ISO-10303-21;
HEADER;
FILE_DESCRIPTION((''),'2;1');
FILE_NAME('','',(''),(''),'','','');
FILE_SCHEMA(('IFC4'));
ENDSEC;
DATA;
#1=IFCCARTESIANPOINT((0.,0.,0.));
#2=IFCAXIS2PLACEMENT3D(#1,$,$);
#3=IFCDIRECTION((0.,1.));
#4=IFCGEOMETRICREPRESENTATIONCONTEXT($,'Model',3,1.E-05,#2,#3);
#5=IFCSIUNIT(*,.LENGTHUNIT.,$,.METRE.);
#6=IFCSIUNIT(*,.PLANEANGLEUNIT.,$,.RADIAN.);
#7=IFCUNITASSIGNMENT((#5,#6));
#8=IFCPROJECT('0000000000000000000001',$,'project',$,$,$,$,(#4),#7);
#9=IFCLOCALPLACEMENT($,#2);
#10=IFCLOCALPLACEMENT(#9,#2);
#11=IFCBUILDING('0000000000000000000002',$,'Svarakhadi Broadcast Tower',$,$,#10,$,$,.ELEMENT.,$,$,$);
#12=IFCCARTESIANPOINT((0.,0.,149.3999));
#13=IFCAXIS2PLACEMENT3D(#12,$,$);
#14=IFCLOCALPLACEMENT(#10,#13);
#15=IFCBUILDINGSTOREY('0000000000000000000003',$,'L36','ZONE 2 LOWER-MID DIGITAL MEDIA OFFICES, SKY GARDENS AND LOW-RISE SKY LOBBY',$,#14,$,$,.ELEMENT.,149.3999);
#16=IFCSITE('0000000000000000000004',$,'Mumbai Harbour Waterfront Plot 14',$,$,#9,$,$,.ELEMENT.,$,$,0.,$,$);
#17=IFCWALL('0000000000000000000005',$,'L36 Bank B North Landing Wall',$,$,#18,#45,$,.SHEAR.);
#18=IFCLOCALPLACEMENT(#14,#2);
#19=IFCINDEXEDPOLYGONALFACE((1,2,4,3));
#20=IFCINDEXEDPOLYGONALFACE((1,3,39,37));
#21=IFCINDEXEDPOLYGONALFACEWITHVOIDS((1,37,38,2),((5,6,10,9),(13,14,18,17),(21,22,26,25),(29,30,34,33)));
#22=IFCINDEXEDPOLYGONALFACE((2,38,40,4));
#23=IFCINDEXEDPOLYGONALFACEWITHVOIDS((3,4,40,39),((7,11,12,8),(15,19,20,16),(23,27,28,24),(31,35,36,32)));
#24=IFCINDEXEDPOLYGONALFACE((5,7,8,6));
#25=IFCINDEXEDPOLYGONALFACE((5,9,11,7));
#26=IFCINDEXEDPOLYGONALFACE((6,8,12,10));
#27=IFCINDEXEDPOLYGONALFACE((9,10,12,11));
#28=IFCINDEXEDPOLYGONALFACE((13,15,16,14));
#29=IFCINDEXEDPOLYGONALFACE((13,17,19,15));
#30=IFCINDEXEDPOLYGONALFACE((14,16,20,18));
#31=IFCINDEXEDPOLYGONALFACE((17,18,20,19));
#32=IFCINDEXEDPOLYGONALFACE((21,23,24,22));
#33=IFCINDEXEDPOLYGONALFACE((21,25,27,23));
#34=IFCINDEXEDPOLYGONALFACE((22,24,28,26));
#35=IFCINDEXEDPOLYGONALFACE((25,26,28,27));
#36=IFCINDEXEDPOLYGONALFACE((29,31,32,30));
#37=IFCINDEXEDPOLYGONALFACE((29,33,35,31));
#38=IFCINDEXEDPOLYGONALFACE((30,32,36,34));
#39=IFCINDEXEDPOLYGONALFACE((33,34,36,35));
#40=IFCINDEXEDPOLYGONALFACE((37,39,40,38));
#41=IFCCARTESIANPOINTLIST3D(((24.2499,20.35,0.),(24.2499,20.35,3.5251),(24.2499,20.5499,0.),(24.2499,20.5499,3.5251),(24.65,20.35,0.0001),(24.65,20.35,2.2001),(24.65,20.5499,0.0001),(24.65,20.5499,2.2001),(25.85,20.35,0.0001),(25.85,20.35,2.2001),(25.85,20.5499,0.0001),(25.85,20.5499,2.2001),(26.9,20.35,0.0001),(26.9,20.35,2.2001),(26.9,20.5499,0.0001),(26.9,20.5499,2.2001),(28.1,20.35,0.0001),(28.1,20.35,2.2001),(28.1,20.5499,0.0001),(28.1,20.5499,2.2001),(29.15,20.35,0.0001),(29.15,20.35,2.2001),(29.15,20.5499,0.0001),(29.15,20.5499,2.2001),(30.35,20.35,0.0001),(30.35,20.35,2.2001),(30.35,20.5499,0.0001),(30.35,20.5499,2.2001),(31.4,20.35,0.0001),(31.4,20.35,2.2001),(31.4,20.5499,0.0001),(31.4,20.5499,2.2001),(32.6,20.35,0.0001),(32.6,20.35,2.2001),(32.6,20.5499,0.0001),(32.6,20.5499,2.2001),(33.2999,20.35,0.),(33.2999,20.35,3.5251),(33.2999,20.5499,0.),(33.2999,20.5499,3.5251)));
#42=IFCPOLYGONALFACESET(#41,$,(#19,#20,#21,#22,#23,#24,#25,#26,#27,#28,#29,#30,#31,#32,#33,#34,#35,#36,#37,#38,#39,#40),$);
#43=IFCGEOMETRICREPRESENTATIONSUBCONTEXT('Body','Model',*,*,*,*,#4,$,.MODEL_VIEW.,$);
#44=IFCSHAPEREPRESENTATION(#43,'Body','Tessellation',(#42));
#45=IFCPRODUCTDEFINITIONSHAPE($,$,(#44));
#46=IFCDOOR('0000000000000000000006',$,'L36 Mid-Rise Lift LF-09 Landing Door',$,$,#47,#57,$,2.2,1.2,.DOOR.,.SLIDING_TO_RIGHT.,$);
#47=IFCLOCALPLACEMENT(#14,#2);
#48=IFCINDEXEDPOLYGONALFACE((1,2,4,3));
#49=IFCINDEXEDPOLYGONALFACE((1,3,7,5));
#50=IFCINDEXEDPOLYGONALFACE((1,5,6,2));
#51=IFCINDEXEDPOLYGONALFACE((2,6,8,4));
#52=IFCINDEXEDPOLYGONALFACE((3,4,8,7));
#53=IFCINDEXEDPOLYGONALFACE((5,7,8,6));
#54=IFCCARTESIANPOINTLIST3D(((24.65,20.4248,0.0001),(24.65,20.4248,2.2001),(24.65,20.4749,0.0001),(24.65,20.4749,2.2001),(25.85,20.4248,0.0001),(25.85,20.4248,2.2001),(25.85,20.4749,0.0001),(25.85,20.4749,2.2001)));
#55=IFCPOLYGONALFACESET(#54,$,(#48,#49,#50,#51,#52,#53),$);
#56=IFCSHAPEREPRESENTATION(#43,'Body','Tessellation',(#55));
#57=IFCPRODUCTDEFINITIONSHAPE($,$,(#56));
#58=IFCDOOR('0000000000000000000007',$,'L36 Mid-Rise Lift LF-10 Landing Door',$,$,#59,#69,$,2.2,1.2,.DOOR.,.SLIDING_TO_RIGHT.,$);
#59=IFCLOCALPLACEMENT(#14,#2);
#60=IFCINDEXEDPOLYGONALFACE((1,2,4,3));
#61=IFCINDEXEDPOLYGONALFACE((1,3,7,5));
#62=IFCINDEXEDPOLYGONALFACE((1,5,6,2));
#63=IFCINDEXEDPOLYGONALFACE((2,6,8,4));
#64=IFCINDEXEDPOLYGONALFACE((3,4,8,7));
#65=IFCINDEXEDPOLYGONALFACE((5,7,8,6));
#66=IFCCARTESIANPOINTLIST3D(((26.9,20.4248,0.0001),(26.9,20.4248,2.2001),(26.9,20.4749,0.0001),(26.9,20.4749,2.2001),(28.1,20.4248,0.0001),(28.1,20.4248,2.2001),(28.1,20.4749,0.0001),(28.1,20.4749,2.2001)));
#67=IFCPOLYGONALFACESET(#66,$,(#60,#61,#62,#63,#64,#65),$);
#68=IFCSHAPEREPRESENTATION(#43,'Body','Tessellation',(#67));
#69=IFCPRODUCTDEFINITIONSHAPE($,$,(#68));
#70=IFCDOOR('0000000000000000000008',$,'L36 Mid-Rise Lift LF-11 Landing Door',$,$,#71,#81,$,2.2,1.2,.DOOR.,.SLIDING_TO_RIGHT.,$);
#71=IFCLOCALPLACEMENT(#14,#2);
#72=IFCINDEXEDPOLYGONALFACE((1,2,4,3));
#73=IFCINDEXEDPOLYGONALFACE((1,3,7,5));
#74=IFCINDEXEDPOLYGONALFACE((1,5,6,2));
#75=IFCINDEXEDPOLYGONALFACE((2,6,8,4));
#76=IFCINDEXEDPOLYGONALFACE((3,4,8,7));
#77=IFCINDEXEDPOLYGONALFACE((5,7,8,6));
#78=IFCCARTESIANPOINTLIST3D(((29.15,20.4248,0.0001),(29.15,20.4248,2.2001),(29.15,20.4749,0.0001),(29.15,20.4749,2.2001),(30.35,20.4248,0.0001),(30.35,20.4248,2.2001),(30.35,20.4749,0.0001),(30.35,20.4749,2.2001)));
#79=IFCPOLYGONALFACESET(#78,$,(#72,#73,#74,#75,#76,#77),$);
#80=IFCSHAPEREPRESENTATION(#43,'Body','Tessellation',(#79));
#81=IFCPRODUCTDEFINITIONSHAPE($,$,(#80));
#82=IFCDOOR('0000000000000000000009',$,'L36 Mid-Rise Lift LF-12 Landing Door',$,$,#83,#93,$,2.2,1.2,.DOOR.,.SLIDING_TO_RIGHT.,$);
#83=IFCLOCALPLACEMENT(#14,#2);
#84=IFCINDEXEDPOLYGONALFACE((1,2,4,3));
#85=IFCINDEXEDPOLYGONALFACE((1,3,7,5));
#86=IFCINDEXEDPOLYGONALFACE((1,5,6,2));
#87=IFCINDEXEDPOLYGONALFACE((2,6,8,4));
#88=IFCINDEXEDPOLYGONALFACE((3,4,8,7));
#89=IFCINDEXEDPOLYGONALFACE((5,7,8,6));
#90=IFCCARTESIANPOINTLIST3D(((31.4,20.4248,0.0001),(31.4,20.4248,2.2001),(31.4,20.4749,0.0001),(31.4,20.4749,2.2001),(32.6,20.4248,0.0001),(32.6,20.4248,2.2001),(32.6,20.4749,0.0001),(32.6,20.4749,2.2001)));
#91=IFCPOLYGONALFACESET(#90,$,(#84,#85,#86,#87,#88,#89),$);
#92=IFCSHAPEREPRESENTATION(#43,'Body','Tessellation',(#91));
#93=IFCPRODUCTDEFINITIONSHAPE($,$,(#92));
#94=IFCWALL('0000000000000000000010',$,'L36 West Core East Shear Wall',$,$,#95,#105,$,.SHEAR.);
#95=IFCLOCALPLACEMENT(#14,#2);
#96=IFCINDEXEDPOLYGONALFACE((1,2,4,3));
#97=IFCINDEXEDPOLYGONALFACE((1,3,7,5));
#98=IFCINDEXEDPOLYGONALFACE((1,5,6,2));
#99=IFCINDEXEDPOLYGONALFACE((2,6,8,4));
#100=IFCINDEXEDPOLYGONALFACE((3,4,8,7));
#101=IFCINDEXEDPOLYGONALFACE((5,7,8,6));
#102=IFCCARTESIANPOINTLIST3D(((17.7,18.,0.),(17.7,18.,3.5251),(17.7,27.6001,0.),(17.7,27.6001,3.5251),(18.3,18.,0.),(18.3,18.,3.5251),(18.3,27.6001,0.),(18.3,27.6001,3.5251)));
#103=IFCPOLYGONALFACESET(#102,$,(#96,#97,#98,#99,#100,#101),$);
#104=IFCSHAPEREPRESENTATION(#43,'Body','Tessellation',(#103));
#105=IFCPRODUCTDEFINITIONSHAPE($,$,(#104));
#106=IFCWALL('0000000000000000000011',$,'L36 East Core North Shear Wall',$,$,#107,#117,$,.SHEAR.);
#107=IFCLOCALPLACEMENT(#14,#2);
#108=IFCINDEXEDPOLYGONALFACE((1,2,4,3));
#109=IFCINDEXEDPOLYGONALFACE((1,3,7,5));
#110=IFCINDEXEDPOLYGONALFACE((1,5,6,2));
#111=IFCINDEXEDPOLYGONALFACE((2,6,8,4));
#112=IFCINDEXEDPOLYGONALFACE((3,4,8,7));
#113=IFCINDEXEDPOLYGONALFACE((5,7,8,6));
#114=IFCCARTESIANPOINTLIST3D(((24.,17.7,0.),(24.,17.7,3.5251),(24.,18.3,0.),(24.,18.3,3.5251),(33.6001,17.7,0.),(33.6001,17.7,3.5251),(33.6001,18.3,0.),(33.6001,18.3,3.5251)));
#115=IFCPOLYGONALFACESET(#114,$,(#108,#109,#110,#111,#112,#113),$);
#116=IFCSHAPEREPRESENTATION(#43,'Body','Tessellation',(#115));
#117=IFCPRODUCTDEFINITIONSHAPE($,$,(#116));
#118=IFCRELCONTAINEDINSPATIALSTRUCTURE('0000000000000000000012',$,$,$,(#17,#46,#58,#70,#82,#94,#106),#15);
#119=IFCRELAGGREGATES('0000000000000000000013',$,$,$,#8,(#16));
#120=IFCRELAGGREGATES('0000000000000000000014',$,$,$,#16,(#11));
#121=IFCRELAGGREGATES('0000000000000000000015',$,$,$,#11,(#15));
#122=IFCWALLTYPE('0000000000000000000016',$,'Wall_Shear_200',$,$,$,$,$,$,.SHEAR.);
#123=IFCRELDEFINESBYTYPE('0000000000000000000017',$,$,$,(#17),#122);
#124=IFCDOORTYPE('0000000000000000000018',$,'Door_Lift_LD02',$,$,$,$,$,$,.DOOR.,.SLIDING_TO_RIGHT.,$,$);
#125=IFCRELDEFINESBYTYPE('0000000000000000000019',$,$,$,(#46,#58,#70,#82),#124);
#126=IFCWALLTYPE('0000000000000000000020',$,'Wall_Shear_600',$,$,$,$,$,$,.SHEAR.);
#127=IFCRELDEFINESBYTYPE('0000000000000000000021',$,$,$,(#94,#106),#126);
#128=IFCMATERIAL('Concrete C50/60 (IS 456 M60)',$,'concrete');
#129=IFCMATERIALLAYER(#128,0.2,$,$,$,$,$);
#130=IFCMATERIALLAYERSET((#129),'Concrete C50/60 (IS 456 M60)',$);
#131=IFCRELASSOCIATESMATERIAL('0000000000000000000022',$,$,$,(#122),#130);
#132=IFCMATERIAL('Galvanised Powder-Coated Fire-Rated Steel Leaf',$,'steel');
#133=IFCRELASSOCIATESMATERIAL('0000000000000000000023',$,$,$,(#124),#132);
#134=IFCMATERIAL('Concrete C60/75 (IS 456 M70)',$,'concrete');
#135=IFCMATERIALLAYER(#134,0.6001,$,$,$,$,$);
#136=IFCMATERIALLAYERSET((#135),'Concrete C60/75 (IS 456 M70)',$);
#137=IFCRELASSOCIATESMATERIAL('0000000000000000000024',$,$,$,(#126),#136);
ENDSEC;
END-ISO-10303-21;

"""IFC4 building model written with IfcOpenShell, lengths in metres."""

from ifc_helpers import new_model, si_unit, direction, frame, frame_2d, origin, place, context, subcontext, project, spatial, rectangle, extrude, material, layer, layer_set, type_object, element, fill, save


model = new_model("IFC4")

# Units and contexts
model_context = context("Model", 3, precision=1e-05, world=origin(), true_north=direction((0.0, 1.0)))
body_context = subcontext(model_context, "Body", "Model", "MODEL_VIEW")
ifc_project = project(units=[si_unit("LENGTHUNIT", "METRE"), si_unit("PLANEANGLEUNIT", "RADIAN")], contexts=[model_context])

# Site, building, storey
site_placement = place(None, origin())
site = spatial("IfcSite", under=ifc_project, at=site_placement, Name="Mumbai Harbour Waterfront Plot 14", CompositionType="ELEMENT", RefElevation=0.0)
building_placement = place(site_placement, origin())
building = spatial("IfcBuilding", under=site, at=building_placement, Name="Svarakhadi Broadcast Tower", CompositionType="ELEMENT")
storey_placement = place(building_placement, frame((0.0, 0.0, 149.3999)))
storey = spatial("IfcBuildingStorey", under=building, at=storey_placement, Name="L36", Description="ZONE 2 LOWER-MID DIGITAL MEDIA OFFICES, SKY GARDENS AND LOW-RISE SKY LOBBY", CompositionType="ELEMENT", Elevation=149.3999)

# Shared definitions
ifc_material_1 = material(Name="Concrete C50/60 (IS 456 M60)", Category="concrete")

# Shared definitions
ifc_layer_1 = layer(ifc_material_1, 0.2)
ifc_layer_set_1 = layer_set([ifc_layer_1], Name="Concrete C50/60 (IS 456 M60)")
wall_type_1 = type_object("IfcWallType", Name="Wall_Shear_200", PredefinedType="SHEAR", material=ifc_layer_set_1)

# Wall, openings, doors
wall_1_placement = place(storey_placement, frame((24.25, 20.45, 0.0), z_axis=(0.0, 0.0, 1.0), x_axis=(1.0, 0.0, 0.0)))
wall_1 = element("IfcWall", 1, at=wall_1_placement, inside=storey, type_object=wall_type_1, Name="L36 Bank B North Landing Wall", PredefinedType="SHEAR", context=body_context, shape_type="SweptSolid", body=[
    extrude(rectangle(XDim=9.05, YDim=0.2, at=frame_2d((4.5249, 0.0))), origin(), (0.0, 0.0, 1.0), 3.5251),
])
opening_1_placement = place(wall_1_placement, frame((0.3999, 0.0, 0.0)))
opening_1 = element("IfcOpeningElement", 2, at=opening_1_placement, cuts=wall_1, PredefinedType="OPENING", context=body_context, shape_type="SweptSolid", body=[
    extrude(rectangle(XDim=1.2, YDim=2.2, at=frame_2d((0.6001, 1.1001))), frame((0.0, 0.1099, 0.0), z_axis=(0.0, -1.0, 0.0), x_axis=(1.0, 0.0, 0.0)), (0.0, 0.0, 1.0), 0.22),
])
opening_2_placement = place(wall_1_placement, frame((2.6499, 0.0, 0.0)))
opening_2 = element("IfcOpeningElement", 3, at=opening_2_placement, cuts=wall_1, PredefinedType="OPENING", context=body_context, shape_type="SweptSolid", body=[
    extrude(rectangle(XDim=1.2, YDim=2.2, at=frame_2d((0.6001, 1.1001))), frame((0.0, 0.1099, 0.0), z_axis=(0.0, -1.0, 0.0), x_axis=(1.0, 0.0, 0.0)), (0.0, 0.0, 1.0), 0.22),
])
opening_3_placement = place(wall_1_placement, frame((4.8999, 0.0, 0.0)))
opening_3 = element("IfcOpeningElement", 4, at=opening_3_placement, cuts=wall_1, PredefinedType="OPENING", context=body_context, shape_type="SweptSolid", body=[
    extrude(rectangle(XDim=1.2, YDim=2.2, at=frame_2d((0.6001, 1.1001))), frame((0.0, 0.1099, 0.0), z_axis=(0.0, -1.0, 0.0), x_axis=(1.0, 0.0, 0.0)), (0.0, 0.0, 1.0), 0.22),
])
opening_4_placement = place(wall_1_placement, frame((7.1499, 0.0, 0.0)))
opening_4 = element("IfcOpeningElement", 5, at=opening_4_placement, cuts=wall_1, PredefinedType="OPENING", context=body_context, shape_type="SweptSolid", body=[
    extrude(rectangle(XDim=1.2, YDim=2.2, at=frame_2d((0.6001, 1.1001))), frame((0.0, 0.1099, 0.0), z_axis=(0.0, -1.0, 0.0), x_axis=(1.0, 0.0, 0.0)), (0.0, 0.0, 1.0), 0.22),
])
ifc_material_2 = material(Name="Galvanised Powder-Coated Fire-Rated Steel Leaf", Category="steel")
door_type_1 = type_object("IfcDoorType", Name="Door_Lift_LD02", OperationType="SLIDING_TO_RIGHT", PredefinedType="DOOR", material=ifc_material_2)
door_1_placement = place(opening_1_placement, origin())
door_1 = element("IfcDoor", 6, at=door_1_placement, inside=storey, type_object=door_type_1, Name="L36 Mid-Rise Lift LF-09 Landing Door", OperationType="SLIDING_TO_RIGHT", OverallHeight=2.2, OverallWidth=1.2, PredefinedType="DOOR", context=body_context, shape_type="SweptSolid", body=[
    extrude(rectangle(XDim=1.2, YDim=2.2, at=frame_2d((0.6001, 1.1001))), frame((0.0, 0.0249, 0.0), z_axis=(0.0, -1.0, 0.0), x_axis=(1.0, 0.0, 0.0)), (0.0, 0.0, 1.0), 0.05),
])
fill(opening_1, door_1)
door_2_placement = place(opening_2_placement, origin())
door_2 = element("IfcDoor", 7, at=door_2_placement, inside=storey, type_object=door_type_1, Name="L36 Mid-Rise Lift LF-10 Landing Door", OperationType="SLIDING_TO_RIGHT", OverallHeight=2.2, OverallWidth=1.2, PredefinedType="DOOR", context=body_context, shape_type="SweptSolid", body=[
    extrude(rectangle(XDim=1.2, YDim=2.2, at=frame_2d((0.6001, 1.1001))), frame((0.0, 0.0249, 0.0), z_axis=(0.0, -1.0, 0.0), x_axis=(1.0, 0.0, 0.0)), (0.0, 0.0, 1.0), 0.05),
])
fill(opening_2, door_2)
door_3_placement = place(opening_3_placement, origin())
door_3 = element("IfcDoor", 8, at=door_3_placement, inside=storey, type_object=door_type_1, Name="L36 Mid-Rise Lift LF-11 Landing Door", OperationType="SLIDING_TO_RIGHT", OverallHeight=2.2, OverallWidth=1.2, PredefinedType="DOOR", context=body_context, shape_type="SweptSolid", body=[
    extrude(rectangle(XDim=1.2, YDim=2.2, at=frame_2d((0.6001, 1.1001))), frame((0.0, 0.0249, 0.0), z_axis=(0.0, -1.0, 0.0), x_axis=(1.0, 0.0, 0.0)), (0.0, 0.0, 1.0), 0.05),
])
fill(opening_3, door_3)
door_4_placement = place(opening_4_placement, origin())
door_4 = element("IfcDoor", 9, at=door_4_placement, inside=storey, type_object=door_type_1, Name="L36 Mid-Rise Lift LF-12 Landing Door", OperationType="SLIDING_TO_RIGHT", OverallHeight=2.2, OverallWidth=1.2, PredefinedType="DOOR", context=body_context, shape_type="SweptSolid", body=[
    extrude(rectangle(XDim=1.2, YDim=2.2, at=frame_2d((0.6001, 1.1001))), frame((0.0, 0.0249, 0.0), z_axis=(0.0, -1.0, 0.0), x_axis=(1.0, 0.0, 0.0)), (0.0, 0.0, 1.0), 0.05),
])
fill(opening_4, door_4)

# Walls
ifc_material_3 = material(Name="Concrete C60/75 (IS 456 M70)", Category="concrete")
ifc_layer_2 = layer(ifc_material_3, 0.6001)
ifc_layer_set_2 = layer_set([ifc_layer_2], Name="Concrete C60/75 (IS 456 M70)")
wall_type_2 = type_object("IfcWallType", Name="Wall_Shear_600", PredefinedType="SHEAR", material=ifc_layer_set_2)
for number, where, z_axis, x_axis, name in (
    (10, (18.0, 18.0, 0.0), (0.0, 0.0, 1.0), (0.0, 1.0, 0.0), "L36 West Core East Shear Wall"),
    (11, (24.0, 18.0, 0.0), (0.0, 0.0, 1.0), (1.0, 0.0, 0.0), "L36 East Core North Shear Wall"),
):
    element("IfcWall", number, at=place(storey_placement, frame(where, z_axis=z_axis, x_axis=x_axis)), inside=storey, type_object=wall_type_2, Name=name, PredefinedType="SHEAR", context=body_context, shape_type="SweptSolid", body=[
        extrude(rectangle(XDim=9.6001, YDim=0.6001, at=frame_2d((4.8, 0.0))), origin(), (0.0, 0.0, 1.0), 3.5251),
    ])

save(model, "model.ifc")
